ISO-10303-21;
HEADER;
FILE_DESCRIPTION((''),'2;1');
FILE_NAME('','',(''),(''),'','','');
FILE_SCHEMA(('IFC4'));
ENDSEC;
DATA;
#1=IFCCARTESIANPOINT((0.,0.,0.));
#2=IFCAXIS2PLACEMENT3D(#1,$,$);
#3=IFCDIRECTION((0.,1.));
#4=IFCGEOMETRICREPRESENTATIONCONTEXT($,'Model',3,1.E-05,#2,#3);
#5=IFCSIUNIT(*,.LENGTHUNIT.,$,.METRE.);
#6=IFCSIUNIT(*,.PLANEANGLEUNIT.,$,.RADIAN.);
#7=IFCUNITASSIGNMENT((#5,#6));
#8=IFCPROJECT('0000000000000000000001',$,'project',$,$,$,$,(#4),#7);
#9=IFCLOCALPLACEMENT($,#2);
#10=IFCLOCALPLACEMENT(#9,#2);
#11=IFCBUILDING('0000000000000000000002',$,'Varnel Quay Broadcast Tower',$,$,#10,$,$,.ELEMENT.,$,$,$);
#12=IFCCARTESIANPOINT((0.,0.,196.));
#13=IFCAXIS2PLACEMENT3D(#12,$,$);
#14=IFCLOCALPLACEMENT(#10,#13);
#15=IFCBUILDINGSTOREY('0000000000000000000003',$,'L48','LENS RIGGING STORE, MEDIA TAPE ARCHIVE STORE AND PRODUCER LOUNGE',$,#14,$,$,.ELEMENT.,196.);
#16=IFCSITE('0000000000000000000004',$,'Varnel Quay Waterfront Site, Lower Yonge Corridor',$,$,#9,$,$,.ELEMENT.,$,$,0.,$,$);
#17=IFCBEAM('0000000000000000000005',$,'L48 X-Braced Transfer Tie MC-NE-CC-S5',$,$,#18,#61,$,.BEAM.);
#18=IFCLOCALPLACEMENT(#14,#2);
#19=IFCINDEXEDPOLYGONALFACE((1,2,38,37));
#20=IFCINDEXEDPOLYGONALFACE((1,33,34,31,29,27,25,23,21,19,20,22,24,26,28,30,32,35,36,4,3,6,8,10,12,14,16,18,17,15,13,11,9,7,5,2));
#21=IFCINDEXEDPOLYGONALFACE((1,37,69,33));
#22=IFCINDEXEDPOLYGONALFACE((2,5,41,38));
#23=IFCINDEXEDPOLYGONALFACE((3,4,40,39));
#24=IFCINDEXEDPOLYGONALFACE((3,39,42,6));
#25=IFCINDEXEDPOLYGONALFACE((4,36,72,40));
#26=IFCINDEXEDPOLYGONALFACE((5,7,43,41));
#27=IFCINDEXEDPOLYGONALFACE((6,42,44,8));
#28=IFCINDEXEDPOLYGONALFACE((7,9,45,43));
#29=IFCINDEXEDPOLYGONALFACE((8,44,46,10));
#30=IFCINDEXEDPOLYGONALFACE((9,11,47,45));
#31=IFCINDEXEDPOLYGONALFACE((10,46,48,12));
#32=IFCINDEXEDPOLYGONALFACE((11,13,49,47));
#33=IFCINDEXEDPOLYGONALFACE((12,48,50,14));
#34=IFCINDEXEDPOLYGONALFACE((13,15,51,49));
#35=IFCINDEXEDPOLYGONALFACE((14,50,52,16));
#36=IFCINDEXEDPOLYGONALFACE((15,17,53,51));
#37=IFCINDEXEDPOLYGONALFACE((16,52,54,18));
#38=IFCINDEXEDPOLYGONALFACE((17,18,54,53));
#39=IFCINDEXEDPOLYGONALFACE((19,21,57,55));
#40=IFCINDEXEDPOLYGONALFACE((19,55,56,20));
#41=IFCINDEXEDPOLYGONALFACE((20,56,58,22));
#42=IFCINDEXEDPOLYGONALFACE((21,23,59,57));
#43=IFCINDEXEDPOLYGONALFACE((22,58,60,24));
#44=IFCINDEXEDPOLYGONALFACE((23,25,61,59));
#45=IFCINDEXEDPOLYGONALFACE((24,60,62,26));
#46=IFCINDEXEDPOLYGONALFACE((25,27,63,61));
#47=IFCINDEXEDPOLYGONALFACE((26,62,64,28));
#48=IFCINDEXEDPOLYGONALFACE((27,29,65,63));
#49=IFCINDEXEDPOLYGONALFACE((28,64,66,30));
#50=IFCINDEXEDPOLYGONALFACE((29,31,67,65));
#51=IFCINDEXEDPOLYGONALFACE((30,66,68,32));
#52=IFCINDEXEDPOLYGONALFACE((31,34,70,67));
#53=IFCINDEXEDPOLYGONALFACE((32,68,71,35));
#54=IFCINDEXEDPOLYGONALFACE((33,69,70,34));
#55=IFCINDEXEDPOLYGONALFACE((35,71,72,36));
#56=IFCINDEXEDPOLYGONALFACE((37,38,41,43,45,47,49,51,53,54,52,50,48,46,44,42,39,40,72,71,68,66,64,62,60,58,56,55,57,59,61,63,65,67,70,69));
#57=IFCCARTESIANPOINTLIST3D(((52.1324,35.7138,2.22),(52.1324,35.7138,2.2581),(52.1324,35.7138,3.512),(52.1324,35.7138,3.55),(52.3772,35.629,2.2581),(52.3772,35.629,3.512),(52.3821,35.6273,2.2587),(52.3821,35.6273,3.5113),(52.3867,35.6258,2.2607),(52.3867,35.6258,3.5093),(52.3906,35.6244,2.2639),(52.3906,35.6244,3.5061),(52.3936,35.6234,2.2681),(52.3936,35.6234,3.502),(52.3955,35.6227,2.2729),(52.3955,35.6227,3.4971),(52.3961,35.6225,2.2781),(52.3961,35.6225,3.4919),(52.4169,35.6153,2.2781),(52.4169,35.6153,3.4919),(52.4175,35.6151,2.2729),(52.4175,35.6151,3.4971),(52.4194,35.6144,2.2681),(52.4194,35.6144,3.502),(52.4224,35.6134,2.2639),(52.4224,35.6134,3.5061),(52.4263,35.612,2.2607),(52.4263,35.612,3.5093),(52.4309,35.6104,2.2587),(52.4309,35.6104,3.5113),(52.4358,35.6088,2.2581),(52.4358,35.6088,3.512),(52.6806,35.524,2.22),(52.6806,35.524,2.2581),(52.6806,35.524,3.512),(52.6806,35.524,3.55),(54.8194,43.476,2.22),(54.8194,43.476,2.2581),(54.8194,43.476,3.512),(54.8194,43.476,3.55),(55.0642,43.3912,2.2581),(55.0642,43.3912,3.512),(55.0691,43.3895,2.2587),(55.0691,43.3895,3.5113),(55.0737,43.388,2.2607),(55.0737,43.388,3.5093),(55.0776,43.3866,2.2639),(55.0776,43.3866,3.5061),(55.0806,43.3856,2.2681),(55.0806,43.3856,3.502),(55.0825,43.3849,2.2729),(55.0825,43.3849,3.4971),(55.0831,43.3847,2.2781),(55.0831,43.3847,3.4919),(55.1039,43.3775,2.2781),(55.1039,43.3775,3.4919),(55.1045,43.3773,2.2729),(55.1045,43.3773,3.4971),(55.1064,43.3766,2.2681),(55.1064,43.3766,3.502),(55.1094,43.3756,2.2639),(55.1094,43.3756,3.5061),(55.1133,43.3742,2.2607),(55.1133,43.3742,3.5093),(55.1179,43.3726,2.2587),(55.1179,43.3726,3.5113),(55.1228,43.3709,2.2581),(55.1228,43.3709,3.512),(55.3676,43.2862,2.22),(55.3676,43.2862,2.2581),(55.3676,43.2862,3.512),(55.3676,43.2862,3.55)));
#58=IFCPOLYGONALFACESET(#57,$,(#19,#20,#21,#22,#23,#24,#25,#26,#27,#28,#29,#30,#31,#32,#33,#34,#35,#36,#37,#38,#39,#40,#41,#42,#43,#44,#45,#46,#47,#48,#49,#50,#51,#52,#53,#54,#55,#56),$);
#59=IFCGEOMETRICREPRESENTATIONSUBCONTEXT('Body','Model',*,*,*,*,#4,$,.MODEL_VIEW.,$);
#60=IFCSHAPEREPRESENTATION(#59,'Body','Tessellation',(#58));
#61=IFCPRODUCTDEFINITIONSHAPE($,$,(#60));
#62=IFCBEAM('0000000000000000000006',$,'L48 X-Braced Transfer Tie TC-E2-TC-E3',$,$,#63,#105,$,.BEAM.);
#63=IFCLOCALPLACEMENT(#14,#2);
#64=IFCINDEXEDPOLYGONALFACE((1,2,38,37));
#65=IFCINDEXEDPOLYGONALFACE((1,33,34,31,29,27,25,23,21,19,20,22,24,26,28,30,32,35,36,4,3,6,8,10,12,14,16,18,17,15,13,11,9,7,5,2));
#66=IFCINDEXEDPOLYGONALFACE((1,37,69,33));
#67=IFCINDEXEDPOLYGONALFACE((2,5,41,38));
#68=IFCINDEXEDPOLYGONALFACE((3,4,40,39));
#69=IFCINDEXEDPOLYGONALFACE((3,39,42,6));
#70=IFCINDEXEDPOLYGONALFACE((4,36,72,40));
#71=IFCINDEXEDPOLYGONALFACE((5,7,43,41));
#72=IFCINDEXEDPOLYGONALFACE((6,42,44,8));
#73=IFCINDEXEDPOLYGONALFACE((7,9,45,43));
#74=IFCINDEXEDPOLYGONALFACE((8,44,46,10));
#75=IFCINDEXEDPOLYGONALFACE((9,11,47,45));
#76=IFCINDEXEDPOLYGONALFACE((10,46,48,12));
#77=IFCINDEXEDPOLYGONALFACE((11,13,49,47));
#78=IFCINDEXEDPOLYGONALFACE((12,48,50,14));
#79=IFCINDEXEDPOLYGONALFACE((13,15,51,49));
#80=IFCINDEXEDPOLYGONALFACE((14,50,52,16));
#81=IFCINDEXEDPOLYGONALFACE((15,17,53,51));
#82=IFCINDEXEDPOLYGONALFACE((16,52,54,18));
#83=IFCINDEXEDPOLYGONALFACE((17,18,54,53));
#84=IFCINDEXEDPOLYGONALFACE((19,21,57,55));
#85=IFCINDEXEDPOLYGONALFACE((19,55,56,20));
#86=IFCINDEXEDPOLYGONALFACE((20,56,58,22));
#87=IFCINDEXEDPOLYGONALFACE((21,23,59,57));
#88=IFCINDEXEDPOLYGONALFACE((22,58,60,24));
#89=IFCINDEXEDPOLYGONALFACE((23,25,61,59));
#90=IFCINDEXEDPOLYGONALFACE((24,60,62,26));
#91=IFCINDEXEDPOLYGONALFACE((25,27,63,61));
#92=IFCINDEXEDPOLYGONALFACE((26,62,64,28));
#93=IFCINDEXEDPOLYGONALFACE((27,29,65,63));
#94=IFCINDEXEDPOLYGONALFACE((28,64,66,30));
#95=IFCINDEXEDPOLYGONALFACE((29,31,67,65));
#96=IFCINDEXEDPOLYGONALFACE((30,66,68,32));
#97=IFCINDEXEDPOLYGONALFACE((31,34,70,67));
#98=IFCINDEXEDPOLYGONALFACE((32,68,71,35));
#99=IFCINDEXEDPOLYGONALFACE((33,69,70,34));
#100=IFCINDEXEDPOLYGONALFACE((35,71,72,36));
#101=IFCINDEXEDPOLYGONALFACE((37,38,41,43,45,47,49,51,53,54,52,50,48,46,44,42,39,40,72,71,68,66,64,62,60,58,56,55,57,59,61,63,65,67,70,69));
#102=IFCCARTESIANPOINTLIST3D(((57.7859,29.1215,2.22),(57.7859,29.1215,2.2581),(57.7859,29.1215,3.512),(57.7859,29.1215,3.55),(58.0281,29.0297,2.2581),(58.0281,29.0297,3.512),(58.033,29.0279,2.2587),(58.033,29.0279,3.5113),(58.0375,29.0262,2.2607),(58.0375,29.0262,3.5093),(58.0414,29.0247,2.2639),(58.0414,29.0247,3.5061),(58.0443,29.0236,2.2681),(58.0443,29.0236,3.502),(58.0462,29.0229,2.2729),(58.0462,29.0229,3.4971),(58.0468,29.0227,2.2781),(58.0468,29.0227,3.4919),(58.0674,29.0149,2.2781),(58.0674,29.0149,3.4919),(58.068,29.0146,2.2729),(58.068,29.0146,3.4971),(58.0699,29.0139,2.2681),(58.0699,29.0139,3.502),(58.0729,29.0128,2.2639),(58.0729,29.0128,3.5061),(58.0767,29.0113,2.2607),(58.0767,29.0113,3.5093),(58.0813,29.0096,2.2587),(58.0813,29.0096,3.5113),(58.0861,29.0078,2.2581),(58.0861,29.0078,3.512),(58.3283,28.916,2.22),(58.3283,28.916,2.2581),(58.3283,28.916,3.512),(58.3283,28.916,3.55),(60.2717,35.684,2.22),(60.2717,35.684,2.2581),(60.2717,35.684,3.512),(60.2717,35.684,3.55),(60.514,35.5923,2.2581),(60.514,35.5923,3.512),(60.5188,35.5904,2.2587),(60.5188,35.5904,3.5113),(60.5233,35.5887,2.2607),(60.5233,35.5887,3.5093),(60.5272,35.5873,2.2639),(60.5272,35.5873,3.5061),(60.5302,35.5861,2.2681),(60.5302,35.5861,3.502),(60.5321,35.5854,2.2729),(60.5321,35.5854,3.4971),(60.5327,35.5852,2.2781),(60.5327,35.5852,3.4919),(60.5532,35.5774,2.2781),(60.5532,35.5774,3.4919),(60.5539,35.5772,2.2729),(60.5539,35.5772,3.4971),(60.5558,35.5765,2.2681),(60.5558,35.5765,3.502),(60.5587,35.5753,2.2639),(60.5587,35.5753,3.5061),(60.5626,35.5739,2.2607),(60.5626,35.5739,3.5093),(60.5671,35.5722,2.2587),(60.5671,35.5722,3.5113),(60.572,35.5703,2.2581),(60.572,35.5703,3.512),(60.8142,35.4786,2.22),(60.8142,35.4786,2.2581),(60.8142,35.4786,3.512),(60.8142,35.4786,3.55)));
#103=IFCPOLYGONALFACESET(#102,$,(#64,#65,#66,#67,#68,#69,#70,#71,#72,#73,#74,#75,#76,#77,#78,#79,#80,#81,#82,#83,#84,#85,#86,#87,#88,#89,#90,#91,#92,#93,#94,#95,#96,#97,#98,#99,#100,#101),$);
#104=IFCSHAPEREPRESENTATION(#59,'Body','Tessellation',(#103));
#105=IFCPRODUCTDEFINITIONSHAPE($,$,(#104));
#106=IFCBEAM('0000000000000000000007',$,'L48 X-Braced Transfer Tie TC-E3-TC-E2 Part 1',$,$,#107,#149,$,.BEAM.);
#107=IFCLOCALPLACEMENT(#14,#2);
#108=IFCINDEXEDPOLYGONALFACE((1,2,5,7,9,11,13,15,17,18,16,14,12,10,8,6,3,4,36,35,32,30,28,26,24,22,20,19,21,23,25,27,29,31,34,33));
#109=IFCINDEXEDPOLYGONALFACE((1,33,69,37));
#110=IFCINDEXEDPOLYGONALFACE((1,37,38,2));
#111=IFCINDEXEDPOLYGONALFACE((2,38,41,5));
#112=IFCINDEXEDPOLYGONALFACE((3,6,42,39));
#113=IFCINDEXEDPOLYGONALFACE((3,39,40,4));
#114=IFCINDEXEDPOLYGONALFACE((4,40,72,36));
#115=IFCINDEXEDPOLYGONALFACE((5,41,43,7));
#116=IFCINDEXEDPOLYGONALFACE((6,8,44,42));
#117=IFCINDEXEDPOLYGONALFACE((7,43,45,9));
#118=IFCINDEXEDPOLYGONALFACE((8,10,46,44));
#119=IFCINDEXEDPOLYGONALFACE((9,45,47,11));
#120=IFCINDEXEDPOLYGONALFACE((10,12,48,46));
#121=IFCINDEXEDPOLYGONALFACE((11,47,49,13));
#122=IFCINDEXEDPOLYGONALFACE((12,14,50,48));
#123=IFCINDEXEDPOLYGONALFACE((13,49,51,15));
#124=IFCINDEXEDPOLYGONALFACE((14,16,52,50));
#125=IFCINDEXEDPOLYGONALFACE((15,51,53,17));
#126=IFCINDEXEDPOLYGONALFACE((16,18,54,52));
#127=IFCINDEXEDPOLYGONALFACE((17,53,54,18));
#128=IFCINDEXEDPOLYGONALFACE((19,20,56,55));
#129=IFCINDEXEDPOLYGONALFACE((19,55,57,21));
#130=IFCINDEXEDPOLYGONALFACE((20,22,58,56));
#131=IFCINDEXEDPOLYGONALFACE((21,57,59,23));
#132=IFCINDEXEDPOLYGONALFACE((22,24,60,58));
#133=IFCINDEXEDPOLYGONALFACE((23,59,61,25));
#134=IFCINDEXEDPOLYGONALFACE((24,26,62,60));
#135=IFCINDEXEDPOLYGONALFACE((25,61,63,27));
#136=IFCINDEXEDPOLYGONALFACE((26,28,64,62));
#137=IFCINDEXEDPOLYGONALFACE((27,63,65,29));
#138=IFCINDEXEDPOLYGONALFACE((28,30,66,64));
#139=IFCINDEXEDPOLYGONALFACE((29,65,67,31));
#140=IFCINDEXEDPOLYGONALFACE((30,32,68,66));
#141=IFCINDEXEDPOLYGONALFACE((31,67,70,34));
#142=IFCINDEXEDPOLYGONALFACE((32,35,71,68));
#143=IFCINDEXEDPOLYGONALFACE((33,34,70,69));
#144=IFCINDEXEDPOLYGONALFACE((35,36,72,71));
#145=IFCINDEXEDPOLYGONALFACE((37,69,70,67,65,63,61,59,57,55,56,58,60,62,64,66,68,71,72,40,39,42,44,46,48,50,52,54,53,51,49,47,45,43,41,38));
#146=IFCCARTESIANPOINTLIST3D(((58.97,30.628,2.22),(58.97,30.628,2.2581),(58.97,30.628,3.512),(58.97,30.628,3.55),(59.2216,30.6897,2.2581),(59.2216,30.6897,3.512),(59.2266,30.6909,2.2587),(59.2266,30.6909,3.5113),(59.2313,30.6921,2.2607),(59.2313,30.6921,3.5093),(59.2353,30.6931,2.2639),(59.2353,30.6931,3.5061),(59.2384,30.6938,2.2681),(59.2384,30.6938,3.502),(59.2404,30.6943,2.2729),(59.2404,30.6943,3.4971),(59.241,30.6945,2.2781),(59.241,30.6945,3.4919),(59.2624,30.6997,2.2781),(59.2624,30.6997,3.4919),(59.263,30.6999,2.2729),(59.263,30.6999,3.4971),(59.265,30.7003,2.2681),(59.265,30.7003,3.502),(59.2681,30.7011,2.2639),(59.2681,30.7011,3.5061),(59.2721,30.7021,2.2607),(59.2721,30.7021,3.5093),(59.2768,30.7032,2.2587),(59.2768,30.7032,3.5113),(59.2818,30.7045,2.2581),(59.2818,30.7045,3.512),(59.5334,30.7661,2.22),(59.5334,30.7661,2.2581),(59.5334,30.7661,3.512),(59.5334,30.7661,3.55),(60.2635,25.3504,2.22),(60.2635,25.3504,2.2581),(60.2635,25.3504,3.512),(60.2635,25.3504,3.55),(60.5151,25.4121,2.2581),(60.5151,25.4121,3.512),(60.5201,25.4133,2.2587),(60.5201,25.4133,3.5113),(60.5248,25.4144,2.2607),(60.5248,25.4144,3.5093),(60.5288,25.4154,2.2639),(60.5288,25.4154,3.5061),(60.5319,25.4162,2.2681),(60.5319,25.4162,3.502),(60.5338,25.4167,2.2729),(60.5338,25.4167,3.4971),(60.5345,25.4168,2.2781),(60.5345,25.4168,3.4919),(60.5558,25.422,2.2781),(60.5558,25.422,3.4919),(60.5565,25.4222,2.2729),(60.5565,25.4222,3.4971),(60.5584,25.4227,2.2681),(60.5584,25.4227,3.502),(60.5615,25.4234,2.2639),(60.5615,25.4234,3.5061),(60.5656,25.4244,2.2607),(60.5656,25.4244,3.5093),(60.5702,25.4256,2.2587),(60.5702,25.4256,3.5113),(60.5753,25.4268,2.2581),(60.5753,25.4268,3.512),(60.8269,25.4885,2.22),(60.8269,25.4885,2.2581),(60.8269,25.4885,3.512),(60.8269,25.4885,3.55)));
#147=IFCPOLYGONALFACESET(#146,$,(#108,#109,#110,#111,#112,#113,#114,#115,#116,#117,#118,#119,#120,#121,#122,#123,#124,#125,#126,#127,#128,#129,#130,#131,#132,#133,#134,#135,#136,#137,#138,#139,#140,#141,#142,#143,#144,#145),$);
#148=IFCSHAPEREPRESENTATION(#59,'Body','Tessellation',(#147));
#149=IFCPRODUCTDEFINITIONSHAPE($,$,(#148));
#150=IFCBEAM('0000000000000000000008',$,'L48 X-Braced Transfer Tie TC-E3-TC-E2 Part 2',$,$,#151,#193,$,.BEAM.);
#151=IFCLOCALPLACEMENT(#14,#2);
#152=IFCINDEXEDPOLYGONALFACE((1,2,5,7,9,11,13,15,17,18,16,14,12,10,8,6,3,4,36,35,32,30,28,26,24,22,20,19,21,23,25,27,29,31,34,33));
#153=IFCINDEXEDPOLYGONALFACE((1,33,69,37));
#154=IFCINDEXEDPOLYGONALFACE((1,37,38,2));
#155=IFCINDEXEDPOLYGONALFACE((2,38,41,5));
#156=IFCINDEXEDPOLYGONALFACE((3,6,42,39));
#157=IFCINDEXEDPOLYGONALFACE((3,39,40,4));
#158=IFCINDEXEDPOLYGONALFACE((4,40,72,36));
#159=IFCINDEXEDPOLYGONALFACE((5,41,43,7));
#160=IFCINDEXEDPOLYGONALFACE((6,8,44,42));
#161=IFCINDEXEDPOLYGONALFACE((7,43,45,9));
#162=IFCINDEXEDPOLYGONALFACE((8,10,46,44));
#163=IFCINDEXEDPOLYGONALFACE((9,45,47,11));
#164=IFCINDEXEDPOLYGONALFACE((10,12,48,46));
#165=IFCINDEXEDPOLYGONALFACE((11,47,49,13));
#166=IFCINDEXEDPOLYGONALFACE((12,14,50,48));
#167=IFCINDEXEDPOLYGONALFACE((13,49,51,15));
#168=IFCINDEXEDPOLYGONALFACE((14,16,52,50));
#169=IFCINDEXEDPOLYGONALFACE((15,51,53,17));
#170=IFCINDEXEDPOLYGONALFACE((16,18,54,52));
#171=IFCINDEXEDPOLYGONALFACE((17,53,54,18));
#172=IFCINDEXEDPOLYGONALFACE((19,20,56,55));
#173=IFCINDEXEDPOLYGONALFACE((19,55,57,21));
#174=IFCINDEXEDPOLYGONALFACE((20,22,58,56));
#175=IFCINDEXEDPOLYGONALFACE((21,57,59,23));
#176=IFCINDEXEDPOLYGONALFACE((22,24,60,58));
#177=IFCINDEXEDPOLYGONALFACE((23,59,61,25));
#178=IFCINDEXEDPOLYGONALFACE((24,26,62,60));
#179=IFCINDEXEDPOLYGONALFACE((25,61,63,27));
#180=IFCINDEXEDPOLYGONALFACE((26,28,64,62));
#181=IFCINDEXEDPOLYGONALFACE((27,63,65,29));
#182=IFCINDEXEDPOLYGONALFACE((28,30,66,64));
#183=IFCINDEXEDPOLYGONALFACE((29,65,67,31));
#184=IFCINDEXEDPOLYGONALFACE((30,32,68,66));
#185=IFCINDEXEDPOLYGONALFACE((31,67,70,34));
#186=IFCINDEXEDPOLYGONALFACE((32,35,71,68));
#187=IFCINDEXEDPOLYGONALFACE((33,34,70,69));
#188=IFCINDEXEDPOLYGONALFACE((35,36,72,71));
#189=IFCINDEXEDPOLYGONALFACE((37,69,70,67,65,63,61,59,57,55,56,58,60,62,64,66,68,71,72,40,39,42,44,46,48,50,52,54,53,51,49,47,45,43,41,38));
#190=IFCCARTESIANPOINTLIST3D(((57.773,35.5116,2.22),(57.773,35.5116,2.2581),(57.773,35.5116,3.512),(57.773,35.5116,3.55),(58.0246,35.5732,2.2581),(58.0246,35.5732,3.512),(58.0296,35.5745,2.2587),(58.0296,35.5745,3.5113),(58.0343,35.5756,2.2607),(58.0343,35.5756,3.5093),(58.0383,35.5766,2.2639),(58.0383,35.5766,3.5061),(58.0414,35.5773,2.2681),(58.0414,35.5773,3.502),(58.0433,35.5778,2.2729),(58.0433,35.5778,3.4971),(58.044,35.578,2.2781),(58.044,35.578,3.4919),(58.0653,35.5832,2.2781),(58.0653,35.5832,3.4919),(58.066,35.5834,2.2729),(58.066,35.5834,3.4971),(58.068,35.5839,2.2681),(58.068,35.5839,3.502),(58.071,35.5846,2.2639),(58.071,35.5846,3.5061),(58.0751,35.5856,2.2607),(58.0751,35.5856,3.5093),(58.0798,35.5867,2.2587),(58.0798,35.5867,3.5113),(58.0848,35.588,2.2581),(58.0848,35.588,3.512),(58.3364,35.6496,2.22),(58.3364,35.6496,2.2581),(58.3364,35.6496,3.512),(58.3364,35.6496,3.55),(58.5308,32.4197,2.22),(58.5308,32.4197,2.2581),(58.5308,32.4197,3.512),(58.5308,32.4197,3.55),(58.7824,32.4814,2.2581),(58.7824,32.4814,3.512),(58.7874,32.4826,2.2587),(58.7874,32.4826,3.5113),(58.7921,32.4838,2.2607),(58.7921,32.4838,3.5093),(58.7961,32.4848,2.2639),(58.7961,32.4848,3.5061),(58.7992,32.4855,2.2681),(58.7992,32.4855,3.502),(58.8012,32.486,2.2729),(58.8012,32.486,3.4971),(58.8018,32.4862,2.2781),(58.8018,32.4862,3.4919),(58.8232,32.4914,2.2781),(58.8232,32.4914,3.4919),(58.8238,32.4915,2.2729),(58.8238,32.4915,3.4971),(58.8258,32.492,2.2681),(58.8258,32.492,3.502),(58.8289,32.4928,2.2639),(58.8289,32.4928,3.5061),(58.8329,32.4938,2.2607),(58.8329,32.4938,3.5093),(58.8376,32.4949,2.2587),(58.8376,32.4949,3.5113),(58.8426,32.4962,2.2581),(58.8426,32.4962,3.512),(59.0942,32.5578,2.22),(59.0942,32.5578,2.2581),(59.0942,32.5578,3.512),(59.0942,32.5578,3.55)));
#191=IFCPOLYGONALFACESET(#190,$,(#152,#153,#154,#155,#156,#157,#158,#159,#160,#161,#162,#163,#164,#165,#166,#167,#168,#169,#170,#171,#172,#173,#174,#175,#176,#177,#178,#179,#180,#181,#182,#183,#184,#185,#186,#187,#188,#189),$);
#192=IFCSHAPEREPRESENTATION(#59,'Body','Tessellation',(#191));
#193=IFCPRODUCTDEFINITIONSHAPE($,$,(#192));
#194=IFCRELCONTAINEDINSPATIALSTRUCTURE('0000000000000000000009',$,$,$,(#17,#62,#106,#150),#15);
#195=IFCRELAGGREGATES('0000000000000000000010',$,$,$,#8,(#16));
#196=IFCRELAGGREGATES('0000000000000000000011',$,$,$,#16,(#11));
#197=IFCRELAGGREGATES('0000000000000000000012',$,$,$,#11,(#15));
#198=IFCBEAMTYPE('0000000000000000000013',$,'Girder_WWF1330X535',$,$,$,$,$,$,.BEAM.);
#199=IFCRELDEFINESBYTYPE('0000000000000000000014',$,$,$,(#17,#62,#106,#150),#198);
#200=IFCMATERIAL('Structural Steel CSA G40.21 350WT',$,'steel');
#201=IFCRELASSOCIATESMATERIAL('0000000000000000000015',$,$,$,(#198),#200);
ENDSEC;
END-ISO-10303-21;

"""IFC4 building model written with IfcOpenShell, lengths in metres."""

from ifc_helpers import new_model, si_unit, direction, frame, origin, origin_2d, place, context, subcontext, project, spatial, i_section, extrude, source, transform, mapped, material, material_profile, profile_set, type_object, element, save


model = new_model("IFC4")

# Units and contexts
model_context = context("Model", 3, precision=1e-05, world=origin(), true_north=direction((0.0, 1.0)))
body_context = subcontext(model_context, "Body", "Model", "MODEL_VIEW")
ifc_project = project(units=[si_unit("LENGTHUNIT", "METRE"), si_unit("PLANEANGLEUNIT", "RADIAN")], contexts=[model_context])

# Site, building, storey
site_placement = place(None, origin())
site = spatial("IfcSite", under=ifc_project, at=site_placement, Name="Varnel Quay Waterfront Site, Lower Yonge Corridor", CompositionType="ELEMENT", RefElevation=0.0)
building_placement = place(site_placement, origin())
building = spatial("IfcBuilding", under=site, at=building_placement, Name="Varnel Quay Broadcast Tower", CompositionType="ELEMENT")
storey_placement = place(building_placement, frame((0.0, 0.0, 196.0)))
storey = spatial("IfcBuildingStorey", under=building, at=storey_placement, Name="L48", Description="LENS RIGGING STORE, MEDIA TAPE ARCHIVE STORE AND PRODUCER LOUNGE", CompositionType="ELEMENT", Elevation=196.0)

# Shared definitions
ifc_material_1 = material(Name="Structural Steel CSA G40.21 350WT", Category="steel")

# Beams
ifc_material_profile_1 = material_profile(ifc_material_1, i_section(OverallWidth=0.5801, OverallDepth=1.3301, WebThickness=0.022, FlangeThickness=0.0381, FilletRadius=0.02, at=origin_2d()), Name="WWF1330X535")
ifc_profile_set_1 = profile_set([ifc_material_profile_1], Name="Structural Steel CSA G40.21 350WT")
beam_type = type_object("IfcBeamType", Name="Girder_WWF1330X535", PredefinedType="BEAM", material=ifc_profile_set_1)
shared_shape_1 = source(origin(), body_context, "Body", "SweptSolid", [
    extrude(i_section(OverallWidth=0.5801, OverallDepth=1.3301, WebThickness=0.022, FlangeThickness=0.0381, FilletRadius=0.02, at=origin_2d()), origin(), (0.0, 0.0, 1.0), 8.2141),
])
beam_1_placement = place(storey_placement, frame((52.4065, 35.6189, 2.885), z_axis=(0.327121, 0.944983, 0.0), x_axis=(-0.944983, 0.327121, 0.0)))
element("IfcBeam", 1, at=beam_1_placement, inside=storey, type_object=beam_type, Name="L48 X-Braced Transfer Tie MC-NE-CC-S5", PredefinedType="BEAM", context=body_context, shape_type="MappedRepresentation", body=[
    mapped(shared_shape_1, transform((0.0, 0.0, 0.0), x_axis=(1.0, 0.0, 0.0), y_axis=(0.0, 1.0, 0.0), z_axis=(0.0, 0.0, 1.0), scale=1.0)),
])
shared_shape_2 = source(origin(), body_context, "Body", "SweptSolid", [
    extrude(i_section(OverallWidth=0.5801, OverallDepth=1.3301, WebThickness=0.022, FlangeThickness=0.0381, FilletRadius=0.02, at=origin_2d()), origin(), (0.0, 0.0, 1.0), 7.0176),
])
beam_2_placement = place(storey_placement, frame((60.543, 35.5813, 2.885), z_axis=(-0.354233, -0.935157, 0.0), x_axis=(0.935157, -0.354233, 0.0)))
element("IfcBeam", 2, at=beam_2_placement, inside=storey, type_object=beam_type, Name="L48 X-Braced Transfer Tie TC-E2-TC-E3", PredefinedType="BEAM", context=body_context, shape_type="MappedRepresentation", body=[
    mapped(shared_shape_2, transform((0.0, 0.0, 0.0), x_axis=(1.0, 0.0, 0.0), y_axis=(0.0, 1.0, 0.0), z_axis=(0.0, 0.0, 1.0), scale=1.0)),
])
shared_shape_3 = source(origin(), body_context, "Body", "SweptSolid", [
    extrude(i_section(OverallWidth=0.5801, OverallDepth=1.3301, WebThickness=0.022, FlangeThickness=0.0381, FilletRadius=0.02, at=origin_2d()), origin(), (0.0, 0.0, 1.0), 5.4338),
])
beam_3_placement = place(storey_placement, frame((60.5452, 25.4194, 2.885), z_axis=(-0.23804, 0.971255, 0.0), x_axis=(-0.971255, -0.23804, 0.0)))
element("IfcBeam", 3, at=beam_3_placement, inside=storey, type_object=beam_type, Name="L48 X-Braced Transfer Tie TC-E3-TC-E2 Part 1", PredefinedType="BEAM", context=body_context, shape_type="MappedRepresentation", body=[
    mapped(shared_shape_3, transform((0.0, 0.0, 0.0), x_axis=(1.0, 0.0, 0.0), y_axis=(0.0, 1.0, 0.0), z_axis=(0.0, 0.0, 1.0), scale=1.0)),
])
shared_shape_4 = source(origin(), body_context, "Body", "SweptSolid", [
    extrude(i_section(OverallWidth=0.5801, OverallDepth=1.3301, WebThickness=0.022, FlangeThickness=0.0381, FilletRadius=0.02, at=origin_2d()), origin(), (0.0, 0.0, 1.0), 3.1833),
])
beam_4_placement = place(storey_placement, frame((58.8125, 32.4888, 2.885), z_axis=(-0.238058, 0.971251, 0.0), x_axis=(-0.971251, -0.238058, 0.0)))
element("IfcBeam", 4, at=beam_4_placement, inside=storey, type_object=beam_type, Name="L48 X-Braced Transfer Tie TC-E3-TC-E2 Part 2", PredefinedType="BEAM", context=body_context, shape_type="MappedRepresentation", body=[
    mapped(shared_shape_4, transform((0.0, 0.0, 0.0), x_axis=(1.0, 0.0, 0.0), y_axis=(0.0, 1.0, 0.0), z_axis=(0.0, 0.0, 1.0), scale=1.0)),
])

save(model, "model.ifc")
